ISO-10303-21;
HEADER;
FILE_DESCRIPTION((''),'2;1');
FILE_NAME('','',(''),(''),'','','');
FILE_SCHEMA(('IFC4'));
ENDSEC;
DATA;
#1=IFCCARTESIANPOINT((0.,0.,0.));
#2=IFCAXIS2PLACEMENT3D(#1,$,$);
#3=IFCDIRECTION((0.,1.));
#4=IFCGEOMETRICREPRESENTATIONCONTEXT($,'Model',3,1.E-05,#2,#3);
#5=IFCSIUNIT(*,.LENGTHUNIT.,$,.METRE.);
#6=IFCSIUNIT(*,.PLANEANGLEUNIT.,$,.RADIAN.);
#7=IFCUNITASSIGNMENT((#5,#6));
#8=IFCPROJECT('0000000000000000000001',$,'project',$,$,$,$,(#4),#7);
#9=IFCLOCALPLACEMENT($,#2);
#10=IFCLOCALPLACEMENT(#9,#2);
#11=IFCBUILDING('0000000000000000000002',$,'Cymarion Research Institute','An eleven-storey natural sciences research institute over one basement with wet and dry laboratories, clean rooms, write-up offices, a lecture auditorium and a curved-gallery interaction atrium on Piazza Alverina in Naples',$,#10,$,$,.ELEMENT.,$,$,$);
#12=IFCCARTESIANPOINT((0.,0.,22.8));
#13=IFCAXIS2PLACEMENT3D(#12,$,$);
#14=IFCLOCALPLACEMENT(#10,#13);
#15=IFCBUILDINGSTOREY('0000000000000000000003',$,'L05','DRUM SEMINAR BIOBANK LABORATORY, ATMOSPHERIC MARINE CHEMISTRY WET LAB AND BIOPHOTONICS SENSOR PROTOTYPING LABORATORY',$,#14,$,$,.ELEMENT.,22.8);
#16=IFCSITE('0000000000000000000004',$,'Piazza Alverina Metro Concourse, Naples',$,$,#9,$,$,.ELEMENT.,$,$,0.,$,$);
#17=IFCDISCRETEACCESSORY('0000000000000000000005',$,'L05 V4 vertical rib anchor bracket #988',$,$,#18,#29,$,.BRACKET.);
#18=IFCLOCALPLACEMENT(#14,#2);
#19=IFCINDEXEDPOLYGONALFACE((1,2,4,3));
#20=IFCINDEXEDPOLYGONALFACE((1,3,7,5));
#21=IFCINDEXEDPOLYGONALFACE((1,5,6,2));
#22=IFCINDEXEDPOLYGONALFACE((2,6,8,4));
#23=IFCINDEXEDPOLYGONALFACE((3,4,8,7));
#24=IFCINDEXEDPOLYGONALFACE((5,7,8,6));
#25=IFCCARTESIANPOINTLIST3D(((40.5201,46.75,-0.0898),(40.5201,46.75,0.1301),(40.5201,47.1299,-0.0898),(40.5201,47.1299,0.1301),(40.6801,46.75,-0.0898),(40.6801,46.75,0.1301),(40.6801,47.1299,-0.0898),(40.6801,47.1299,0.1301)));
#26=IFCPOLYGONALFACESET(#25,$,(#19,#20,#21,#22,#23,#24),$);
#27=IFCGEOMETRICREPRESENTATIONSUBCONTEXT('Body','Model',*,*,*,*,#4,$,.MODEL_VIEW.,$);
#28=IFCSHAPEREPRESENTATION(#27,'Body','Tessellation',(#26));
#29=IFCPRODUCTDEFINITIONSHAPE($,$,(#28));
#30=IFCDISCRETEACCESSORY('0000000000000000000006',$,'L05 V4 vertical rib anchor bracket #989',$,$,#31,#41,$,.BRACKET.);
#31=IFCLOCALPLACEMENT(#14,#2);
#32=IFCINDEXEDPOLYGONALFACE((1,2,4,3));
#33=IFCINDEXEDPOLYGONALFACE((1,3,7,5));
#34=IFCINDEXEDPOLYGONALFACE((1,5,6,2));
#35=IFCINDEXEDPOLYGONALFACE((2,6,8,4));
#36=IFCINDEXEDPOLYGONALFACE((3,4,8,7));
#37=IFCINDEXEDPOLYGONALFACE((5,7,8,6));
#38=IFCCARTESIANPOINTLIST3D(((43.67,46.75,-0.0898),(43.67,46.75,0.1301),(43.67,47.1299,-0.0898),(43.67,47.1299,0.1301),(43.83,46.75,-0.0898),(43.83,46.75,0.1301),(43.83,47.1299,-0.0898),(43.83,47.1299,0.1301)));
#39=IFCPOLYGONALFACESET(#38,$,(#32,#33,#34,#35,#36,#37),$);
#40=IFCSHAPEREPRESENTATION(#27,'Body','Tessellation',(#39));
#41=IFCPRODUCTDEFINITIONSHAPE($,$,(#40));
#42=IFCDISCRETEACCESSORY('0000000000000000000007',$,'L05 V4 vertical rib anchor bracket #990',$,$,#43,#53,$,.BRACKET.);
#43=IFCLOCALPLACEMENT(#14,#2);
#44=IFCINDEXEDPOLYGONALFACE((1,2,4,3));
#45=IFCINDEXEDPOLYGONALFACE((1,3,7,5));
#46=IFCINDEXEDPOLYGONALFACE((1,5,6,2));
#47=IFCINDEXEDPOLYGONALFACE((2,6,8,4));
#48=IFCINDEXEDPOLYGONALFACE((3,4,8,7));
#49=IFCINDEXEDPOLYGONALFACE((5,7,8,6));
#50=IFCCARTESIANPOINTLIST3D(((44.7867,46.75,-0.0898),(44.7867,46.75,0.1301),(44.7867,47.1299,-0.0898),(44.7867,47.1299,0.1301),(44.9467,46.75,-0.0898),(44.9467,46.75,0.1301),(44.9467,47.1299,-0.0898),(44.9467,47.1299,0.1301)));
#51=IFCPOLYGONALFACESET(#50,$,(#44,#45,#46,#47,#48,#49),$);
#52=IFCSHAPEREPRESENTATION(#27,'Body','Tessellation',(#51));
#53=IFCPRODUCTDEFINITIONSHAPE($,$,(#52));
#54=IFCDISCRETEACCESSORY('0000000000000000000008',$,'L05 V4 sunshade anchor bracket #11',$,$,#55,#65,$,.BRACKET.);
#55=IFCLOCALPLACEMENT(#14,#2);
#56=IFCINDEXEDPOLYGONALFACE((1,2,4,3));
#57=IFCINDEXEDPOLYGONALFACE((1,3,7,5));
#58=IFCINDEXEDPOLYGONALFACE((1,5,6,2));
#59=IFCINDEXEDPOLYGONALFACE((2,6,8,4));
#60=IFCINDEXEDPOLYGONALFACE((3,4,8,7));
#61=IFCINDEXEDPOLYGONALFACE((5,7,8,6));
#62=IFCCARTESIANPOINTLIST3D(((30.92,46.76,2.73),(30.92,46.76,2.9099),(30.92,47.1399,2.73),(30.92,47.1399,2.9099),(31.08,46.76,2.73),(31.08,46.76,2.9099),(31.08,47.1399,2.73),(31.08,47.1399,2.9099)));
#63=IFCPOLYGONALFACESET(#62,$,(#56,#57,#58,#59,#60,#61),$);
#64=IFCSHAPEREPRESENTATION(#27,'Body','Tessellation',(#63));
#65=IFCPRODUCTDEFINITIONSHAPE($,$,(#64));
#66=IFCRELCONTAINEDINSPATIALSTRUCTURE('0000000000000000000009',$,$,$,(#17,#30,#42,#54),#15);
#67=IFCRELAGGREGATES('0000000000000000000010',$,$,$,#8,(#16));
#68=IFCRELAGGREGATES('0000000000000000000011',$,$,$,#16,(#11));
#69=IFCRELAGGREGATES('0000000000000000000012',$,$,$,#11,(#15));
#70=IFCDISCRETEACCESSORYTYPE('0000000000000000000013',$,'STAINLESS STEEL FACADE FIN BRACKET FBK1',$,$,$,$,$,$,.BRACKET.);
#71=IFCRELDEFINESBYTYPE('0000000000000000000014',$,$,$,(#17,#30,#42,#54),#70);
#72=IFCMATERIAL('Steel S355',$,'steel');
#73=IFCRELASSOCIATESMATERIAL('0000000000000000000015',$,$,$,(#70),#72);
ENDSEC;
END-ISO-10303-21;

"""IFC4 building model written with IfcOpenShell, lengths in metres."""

from ifc_helpers import new_model, si_unit, direction, frame, origin, origin_2d, place, context, subcontext, project, spatial, rectangle, extrude, material, type_object, element, save


model = new_model("IFC4")

# Units and contexts
model_context = context("Model", 3, precision=1e-05, world=origin(), true_north=direction((0.0, 1.0)))
body_context = subcontext(model_context, "Body", "Model", "MODEL_VIEW")
ifc_project = project(units=[si_unit("LENGTHUNIT", "METRE"), si_unit("PLANEANGLEUNIT", "RADIAN")], contexts=[model_context])

# Site, building, storey
site_placement = place(None, origin())
site = spatial("IfcSite", under=ifc_project, at=site_placement, Name="Piazza Alverina Metro Concourse, Naples", CompositionType="ELEMENT", RefElevation=0.0)
building_placement = place(site_placement, origin())
building = spatial("IfcBuilding", under=site, at=building_placement, Name="Cymarion Research Institute", Description="An eleven-storey natural sciences research institute over one basement with wet and dry laboratories, clean rooms, write-up offices, a lecture auditorium and a curved-gallery interaction atrium on Piazza Alverina in Naples", CompositionType="ELEMENT")
storey_placement = place(building_placement, frame((0.0, 0.0, 22.8)))
storey = spatial("IfcBuildingStorey", under=building, at=storey_placement, Name="L05", Description="DRUM SEMINAR BIOBANK LABORATORY, ATMOSPHERIC MARINE CHEMISTRY WET LAB AND BIOPHOTONICS SENSOR PROTOTYPING LABORATORY", CompositionType="ELEMENT", Elevation=22.8)

# Discrete accessories
ifc_material_1 = material(Name="Steel S355", Category="steel")
discrete_accessory_type = type_object("IfcDiscreteAccessoryType", Name="STAINLESS STEEL FACADE FIN BRACKET FBK1", PredefinedType="BRACKET", material=ifc_material_1)
for number, where, z_axis, x_axis, name in (
    (1, (40.6001, 46.9399, -0.0898), (0.0, 0.0, 1.0), (0.0, -1.0, 0.0), "L05 V4 vertical rib anchor bracket #988"),
    (2, (43.75, 46.9399, -0.0898), (0.0, 0.0, 1.0), (0.0, -1.0, 0.0), "L05 V4 vertical rib anchor bracket #989"),
    (3, (44.8667, 46.9399, -0.0898), (0.0, 0.0, 1.0), (0.0, -1.0, 0.0), "L05 V4 vertical rib anchor bracket #990"),
):
    element("IfcDiscreteAccessory", number, at=place(storey_placement, frame(where, z_axis=z_axis, x_axis=x_axis)), inside=storey, type_object=discrete_accessory_type, Name=name, PredefinedType="BRACKET", context=body_context, shape_type="SweptSolid", body=[
        extrude(rectangle(XDim=0.3799, YDim=0.1599, at=origin_2d()), origin(), (0.0, 0.0, 1.0), 0.22),
    ])
discrete_accessory_1_placement = place(storey_placement, frame((31.0, 46.95, 2.73), z_axis=(0.0, 0.0, 1.0), x_axis=(0.0, -1.0, 0.0)))
element("IfcDiscreteAccessory", 4, at=discrete_accessory_1_placement, inside=storey, type_object=discrete_accessory_type, Name="L05 V4 sunshade anchor bracket #11", PredefinedType="BRACKET", context=body_context, shape_type="SweptSolid", body=[
    extrude(rectangle(XDim=0.3799, YDim=0.1599, at=origin_2d()), origin(), (0.0, 0.0, 1.0), 0.1799),
])

save(model, "model.ifc")
